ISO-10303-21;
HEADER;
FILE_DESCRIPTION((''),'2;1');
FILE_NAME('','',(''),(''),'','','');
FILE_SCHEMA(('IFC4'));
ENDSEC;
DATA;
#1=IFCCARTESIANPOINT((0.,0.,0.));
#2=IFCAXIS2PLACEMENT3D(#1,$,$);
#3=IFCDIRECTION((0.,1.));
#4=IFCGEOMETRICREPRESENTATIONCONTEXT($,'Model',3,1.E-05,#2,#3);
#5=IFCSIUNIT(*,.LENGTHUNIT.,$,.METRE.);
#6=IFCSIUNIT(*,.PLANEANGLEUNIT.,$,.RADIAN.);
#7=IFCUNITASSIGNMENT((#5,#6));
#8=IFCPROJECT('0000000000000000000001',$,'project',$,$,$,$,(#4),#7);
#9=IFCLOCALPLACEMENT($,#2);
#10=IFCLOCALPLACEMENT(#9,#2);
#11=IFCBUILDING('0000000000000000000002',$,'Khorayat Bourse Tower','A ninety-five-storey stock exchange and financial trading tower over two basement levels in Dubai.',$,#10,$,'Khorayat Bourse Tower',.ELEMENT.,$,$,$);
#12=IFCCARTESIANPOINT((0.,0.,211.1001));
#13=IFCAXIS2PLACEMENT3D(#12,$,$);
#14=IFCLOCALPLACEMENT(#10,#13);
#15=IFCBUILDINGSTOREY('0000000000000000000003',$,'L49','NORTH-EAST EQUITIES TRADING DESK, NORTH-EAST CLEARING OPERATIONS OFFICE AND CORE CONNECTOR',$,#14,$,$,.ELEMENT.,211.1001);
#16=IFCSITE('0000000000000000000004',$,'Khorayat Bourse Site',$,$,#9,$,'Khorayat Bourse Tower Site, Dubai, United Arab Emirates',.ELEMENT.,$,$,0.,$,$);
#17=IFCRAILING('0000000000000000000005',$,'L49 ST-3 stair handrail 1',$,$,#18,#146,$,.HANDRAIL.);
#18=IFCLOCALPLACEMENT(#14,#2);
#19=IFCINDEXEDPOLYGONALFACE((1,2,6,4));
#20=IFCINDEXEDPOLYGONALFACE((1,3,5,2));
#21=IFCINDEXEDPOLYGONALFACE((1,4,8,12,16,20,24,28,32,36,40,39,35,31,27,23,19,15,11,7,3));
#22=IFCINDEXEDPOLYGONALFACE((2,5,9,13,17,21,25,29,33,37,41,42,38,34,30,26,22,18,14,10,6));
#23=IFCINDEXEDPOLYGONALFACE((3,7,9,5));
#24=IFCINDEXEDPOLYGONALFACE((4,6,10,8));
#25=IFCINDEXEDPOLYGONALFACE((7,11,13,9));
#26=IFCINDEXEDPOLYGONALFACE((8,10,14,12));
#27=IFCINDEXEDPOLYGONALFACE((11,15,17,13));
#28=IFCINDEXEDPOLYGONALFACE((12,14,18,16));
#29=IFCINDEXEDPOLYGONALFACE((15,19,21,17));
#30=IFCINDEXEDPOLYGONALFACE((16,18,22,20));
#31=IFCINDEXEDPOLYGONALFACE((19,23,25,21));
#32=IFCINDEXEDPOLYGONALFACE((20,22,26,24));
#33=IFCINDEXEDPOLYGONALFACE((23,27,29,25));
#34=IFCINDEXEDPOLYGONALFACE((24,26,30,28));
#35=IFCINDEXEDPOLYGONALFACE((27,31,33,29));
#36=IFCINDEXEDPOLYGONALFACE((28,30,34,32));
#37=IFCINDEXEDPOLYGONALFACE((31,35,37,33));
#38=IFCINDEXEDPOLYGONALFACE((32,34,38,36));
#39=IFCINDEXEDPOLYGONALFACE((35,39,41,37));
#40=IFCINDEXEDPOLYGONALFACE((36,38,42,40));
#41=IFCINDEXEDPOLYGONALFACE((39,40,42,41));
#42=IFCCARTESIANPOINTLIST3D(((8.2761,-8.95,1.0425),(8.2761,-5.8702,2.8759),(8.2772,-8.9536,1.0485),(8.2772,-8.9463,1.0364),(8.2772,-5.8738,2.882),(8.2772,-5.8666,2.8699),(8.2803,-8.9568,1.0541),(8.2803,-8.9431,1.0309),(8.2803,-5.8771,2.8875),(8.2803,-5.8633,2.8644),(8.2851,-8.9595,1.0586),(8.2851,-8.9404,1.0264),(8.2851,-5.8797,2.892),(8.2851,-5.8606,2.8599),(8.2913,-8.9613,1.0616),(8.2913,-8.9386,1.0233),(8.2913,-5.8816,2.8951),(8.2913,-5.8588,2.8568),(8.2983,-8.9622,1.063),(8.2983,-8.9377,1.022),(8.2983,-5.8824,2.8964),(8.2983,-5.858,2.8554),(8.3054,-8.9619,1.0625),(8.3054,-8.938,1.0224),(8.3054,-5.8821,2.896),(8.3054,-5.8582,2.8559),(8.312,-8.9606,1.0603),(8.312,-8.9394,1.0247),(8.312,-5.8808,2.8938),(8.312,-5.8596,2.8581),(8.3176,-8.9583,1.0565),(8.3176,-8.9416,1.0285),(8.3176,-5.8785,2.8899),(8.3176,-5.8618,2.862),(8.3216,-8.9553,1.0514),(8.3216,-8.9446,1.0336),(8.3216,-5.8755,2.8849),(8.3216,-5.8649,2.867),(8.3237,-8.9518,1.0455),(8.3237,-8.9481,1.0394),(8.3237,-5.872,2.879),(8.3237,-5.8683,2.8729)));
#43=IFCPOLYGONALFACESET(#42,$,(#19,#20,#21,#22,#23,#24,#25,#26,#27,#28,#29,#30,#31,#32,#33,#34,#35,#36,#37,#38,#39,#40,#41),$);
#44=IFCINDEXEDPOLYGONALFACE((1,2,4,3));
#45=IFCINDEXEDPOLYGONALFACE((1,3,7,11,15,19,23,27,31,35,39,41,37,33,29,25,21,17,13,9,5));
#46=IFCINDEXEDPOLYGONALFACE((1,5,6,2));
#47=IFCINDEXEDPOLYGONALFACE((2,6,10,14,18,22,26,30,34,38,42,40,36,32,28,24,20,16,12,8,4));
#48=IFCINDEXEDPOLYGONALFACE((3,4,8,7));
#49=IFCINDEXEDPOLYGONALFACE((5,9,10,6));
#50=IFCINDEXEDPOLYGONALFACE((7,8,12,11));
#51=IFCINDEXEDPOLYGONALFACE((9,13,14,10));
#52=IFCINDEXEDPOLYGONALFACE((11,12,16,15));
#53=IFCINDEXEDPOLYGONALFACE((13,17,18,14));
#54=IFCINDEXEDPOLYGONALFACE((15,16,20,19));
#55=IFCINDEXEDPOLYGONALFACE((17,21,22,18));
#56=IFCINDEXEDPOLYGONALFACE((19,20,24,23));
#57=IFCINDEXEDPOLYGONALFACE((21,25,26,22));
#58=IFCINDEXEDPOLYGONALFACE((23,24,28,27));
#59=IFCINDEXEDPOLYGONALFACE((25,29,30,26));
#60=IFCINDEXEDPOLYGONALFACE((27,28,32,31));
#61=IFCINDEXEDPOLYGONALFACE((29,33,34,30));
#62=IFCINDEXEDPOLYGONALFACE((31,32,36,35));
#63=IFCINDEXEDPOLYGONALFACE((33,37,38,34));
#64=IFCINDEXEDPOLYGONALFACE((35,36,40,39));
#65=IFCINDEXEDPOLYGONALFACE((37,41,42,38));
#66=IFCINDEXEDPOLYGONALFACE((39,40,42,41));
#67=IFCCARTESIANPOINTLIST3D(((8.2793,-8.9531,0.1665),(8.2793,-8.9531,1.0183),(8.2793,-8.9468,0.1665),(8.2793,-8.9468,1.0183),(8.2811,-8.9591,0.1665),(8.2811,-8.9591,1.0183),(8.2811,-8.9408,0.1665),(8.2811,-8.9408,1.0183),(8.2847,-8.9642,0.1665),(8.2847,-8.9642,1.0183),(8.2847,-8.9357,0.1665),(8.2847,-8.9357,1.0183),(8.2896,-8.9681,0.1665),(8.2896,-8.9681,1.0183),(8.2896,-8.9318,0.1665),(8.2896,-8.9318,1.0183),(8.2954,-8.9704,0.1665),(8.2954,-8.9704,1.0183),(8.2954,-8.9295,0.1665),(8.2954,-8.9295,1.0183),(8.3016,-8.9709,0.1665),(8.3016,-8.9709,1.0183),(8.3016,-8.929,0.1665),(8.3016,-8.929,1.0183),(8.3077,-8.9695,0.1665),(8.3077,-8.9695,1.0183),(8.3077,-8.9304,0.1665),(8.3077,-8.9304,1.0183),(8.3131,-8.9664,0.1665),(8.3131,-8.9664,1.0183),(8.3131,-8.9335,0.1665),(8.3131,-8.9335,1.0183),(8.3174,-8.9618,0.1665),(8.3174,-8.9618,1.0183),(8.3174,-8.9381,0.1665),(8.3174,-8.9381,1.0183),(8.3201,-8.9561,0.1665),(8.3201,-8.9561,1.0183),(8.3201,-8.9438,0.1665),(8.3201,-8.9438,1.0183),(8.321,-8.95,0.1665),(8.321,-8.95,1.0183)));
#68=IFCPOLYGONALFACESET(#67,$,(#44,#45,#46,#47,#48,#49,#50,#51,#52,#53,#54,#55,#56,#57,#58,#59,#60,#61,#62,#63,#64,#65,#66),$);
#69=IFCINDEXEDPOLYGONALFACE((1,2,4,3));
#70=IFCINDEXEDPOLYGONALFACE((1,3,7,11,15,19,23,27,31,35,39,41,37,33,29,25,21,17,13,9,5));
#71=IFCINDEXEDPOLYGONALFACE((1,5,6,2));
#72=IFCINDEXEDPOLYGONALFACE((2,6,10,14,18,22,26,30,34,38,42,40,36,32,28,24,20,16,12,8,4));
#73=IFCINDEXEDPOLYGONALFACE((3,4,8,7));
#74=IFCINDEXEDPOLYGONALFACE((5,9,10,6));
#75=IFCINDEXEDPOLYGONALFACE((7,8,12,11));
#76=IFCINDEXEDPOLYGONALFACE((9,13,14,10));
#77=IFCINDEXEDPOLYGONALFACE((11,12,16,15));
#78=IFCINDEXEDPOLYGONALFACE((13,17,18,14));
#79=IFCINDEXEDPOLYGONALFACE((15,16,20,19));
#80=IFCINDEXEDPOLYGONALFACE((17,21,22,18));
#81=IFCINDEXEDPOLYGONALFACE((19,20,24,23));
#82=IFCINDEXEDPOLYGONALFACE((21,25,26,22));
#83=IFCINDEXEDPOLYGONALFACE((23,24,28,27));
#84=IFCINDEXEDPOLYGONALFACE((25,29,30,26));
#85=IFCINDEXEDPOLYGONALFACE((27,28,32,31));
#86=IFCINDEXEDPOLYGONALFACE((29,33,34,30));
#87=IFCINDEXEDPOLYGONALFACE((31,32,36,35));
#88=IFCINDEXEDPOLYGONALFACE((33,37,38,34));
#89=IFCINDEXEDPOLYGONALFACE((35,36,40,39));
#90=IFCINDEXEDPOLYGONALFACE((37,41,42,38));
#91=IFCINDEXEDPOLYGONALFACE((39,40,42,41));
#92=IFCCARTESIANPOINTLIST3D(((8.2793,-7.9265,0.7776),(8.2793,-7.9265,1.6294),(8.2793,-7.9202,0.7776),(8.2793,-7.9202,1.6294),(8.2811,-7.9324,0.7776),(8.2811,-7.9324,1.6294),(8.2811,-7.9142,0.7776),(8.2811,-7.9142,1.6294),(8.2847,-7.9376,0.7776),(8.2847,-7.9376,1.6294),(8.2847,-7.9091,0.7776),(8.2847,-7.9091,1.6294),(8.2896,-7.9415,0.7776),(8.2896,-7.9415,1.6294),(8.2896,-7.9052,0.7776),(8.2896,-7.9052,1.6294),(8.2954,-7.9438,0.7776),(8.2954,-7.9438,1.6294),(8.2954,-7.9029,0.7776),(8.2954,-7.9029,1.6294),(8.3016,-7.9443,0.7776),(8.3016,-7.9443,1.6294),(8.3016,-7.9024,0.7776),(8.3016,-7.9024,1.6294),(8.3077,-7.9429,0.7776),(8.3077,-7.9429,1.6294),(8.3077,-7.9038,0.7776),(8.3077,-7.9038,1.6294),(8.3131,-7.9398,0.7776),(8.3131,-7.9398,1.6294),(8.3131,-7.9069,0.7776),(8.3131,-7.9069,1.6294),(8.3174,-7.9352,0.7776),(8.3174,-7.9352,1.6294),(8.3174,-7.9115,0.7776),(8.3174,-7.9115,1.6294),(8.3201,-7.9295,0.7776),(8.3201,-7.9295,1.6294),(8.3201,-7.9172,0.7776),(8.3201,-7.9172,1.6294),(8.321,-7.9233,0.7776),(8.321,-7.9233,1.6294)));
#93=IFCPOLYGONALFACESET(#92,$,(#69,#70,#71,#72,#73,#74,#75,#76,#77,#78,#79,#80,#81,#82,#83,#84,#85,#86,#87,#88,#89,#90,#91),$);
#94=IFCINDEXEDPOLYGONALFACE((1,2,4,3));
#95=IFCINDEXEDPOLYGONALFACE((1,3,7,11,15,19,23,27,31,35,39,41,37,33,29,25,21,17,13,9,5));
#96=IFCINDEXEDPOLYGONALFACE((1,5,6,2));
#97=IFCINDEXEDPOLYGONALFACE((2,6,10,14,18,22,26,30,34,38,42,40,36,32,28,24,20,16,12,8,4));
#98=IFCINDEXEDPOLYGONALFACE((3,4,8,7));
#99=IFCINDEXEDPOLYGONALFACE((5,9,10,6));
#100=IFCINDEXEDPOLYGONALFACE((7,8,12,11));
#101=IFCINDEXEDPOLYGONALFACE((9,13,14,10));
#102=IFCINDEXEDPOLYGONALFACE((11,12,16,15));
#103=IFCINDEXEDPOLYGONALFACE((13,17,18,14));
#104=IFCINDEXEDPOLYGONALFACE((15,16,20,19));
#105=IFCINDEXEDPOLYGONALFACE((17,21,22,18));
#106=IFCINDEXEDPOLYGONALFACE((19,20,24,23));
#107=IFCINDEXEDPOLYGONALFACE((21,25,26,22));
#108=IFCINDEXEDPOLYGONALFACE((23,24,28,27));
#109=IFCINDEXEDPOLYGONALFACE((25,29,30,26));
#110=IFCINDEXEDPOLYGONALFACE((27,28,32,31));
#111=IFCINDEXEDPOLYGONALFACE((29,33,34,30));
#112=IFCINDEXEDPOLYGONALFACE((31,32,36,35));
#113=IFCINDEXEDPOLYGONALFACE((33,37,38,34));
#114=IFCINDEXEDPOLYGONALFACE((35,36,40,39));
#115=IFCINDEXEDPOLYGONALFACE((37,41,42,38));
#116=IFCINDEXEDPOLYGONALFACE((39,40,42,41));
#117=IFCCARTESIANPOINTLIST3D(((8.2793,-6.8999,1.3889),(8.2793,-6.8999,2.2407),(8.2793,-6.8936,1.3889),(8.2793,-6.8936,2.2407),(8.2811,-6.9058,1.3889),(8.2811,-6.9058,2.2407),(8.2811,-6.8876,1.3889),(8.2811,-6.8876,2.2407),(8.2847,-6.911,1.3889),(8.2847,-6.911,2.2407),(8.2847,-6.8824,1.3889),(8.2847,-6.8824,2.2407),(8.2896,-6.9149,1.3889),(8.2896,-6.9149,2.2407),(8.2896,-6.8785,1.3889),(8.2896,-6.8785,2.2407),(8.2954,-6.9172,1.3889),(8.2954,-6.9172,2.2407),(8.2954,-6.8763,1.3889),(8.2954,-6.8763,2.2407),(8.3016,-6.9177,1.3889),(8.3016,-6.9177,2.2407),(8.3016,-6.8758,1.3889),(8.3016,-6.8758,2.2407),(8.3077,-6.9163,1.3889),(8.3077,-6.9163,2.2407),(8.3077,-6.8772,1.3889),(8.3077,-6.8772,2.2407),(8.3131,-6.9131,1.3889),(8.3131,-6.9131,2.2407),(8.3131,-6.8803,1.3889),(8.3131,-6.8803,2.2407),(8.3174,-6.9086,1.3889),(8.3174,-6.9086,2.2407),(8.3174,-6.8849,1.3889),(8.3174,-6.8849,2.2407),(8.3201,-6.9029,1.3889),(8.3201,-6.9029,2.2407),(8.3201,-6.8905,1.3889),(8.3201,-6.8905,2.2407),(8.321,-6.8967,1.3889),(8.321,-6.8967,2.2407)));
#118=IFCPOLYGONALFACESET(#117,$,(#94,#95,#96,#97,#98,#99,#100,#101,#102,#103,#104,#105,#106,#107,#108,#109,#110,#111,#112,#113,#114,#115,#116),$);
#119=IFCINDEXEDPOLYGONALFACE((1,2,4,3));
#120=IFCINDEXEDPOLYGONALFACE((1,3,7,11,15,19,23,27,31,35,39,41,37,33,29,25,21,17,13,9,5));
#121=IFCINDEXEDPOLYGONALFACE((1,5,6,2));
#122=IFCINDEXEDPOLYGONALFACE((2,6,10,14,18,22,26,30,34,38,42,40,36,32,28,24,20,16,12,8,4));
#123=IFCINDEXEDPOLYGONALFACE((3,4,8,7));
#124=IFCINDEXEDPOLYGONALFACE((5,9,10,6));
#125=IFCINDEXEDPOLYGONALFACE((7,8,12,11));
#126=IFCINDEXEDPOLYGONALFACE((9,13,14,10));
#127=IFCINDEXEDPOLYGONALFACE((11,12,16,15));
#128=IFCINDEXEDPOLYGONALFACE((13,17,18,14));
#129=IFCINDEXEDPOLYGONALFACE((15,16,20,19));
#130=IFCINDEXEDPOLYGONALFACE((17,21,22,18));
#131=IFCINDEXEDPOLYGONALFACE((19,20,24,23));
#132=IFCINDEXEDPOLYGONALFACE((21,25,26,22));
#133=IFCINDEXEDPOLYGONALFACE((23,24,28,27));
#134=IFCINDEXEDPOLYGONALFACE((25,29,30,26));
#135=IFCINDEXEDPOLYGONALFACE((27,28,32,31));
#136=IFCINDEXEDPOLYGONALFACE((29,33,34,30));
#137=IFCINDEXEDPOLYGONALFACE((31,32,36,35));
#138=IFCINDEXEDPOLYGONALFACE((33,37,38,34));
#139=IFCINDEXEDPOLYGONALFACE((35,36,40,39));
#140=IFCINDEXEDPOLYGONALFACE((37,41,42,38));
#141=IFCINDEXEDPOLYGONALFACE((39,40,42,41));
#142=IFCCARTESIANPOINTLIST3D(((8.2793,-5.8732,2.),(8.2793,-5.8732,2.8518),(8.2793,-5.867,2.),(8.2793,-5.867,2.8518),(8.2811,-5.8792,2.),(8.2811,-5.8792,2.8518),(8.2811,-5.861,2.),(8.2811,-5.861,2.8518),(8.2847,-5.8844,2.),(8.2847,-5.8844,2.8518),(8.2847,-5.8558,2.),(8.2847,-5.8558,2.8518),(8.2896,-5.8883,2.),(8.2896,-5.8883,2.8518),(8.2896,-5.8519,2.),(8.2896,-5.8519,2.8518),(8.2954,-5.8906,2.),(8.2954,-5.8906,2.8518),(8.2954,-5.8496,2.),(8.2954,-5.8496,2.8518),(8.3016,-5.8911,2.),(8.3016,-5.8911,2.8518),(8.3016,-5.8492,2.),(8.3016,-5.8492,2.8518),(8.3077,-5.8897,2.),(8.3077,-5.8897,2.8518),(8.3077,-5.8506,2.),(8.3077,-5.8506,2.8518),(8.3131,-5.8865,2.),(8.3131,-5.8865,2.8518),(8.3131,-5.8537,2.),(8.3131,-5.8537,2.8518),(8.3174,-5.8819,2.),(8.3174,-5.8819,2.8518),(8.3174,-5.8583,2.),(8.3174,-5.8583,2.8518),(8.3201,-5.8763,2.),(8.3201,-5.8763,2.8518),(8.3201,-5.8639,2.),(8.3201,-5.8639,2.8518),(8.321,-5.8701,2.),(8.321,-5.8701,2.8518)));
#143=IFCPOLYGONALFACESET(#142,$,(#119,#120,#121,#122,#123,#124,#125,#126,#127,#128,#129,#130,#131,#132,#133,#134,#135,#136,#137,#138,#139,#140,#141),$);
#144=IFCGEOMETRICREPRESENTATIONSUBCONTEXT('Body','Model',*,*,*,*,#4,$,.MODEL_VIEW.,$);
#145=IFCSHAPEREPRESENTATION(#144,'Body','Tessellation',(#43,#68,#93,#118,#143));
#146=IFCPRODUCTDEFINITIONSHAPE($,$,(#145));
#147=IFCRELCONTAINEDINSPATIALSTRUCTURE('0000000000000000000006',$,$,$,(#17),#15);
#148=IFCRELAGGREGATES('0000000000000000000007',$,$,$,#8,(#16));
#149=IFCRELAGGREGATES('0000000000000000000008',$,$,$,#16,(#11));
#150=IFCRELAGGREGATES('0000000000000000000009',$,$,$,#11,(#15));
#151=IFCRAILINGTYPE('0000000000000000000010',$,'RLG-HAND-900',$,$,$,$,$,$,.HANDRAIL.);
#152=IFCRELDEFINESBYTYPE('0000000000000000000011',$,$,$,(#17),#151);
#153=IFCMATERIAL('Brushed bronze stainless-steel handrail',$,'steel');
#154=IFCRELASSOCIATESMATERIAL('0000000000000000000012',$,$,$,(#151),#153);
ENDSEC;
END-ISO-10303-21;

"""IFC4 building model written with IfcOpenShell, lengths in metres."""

from ifc_helpers import new_model, si_unit, direction, frame, origin, origin_2d, place, context, subcontext, project, spatial, circle, extrude, source, transform, mapped, material, type_object, element, save


model = new_model("IFC4")

# Units and contexts
model_context = context("Model", 3, precision=1e-05, world=origin(), true_north=direction((0.0, 1.0)))
body_context = subcontext(model_context, "Body", "Model", "MODEL_VIEW")
ifc_project = project(units=[si_unit("LENGTHUNIT", "METRE"), si_unit("PLANEANGLEUNIT", "RADIAN")], contexts=[model_context])

# Site, building, storey
site_placement = place(None, origin())
site = spatial("IfcSite", under=ifc_project, at=site_placement, Name="Khorayat Bourse Site", LongName="Khorayat Bourse Tower Site, Dubai, United Arab Emirates", CompositionType="ELEMENT", RefElevation=0.0)
building_placement = place(site_placement, origin())
building = spatial("IfcBuilding", under=site, at=building_placement, Name="Khorayat Bourse Tower", Description="A ninety-five-storey stock exchange and financial trading tower over two basement levels in Dubai.", LongName="Khorayat Bourse Tower", CompositionType="ELEMENT")
storey_placement = place(building_placement, frame((0.0, 0.0, 211.1001)))
storey = spatial("IfcBuildingStorey", under=building, at=storey_placement, Name="L49", Description="NORTH-EAST EQUITIES TRADING DESK, NORTH-EAST CLEARING OPERATIONS OFFICE AND CORE CONNECTOR", CompositionType="ELEMENT", Elevation=211.1001)

# Railing
ifc_material_1 = material(Name="Brushed bronze stainless-steel handrail", Category="steel")
railing_type_1 = type_object("IfcRailingType", Name="RLG-HAND-900", PredefinedType="HANDRAIL", material=ifc_material_1)
shared_shape_1 = source(origin(), body_context, "Body", "SweptSolid", [
    extrude(circle(Radius=0.0239, at=origin_2d()), frame((0.0, 0.0, 0.876), z_axis=(0.0, 0.859261, 0.511538), x_axis=(-1.0, 0.0, 0.0)), (0.0, 0.0, 1.0), 3.5842),
    extrude(circle(Radius=0.021, at=origin_2d()), origin(), (0.0, 0.0, 1.0), 0.8518),
    extrude(circle(Radius=0.021, at=origin_2d()), frame((0.0, 1.0266, 0.6111)), (0.0, 0.0, 1.0), 0.8518),
    extrude(circle(Radius=0.021, at=origin_2d()), frame((0.0, 2.0532, 1.2224)), (0.0, 0.0, 1.0), 0.8518),
    extrude(circle(Radius=0.021, at=origin_2d()), frame((0.0, 3.0798, 1.8335)), (0.0, 0.0, 1.0), 0.8518),
])
railing_1_placement = place(storey_placement, frame((8.3, -8.95, 0.1665)))
element("IfcRailing", 1, at=railing_1_placement, inside=storey, type_object=railing_type_1, Name="L49 ST-3 stair handrail 1", PredefinedType="HANDRAIL", context=body_context, shape_type="MappedRepresentation", body=[
    mapped(shared_shape_1, transform((0.0, 0.0, 0.0), scale=1.0)),
])

save(model, "model.ifc")
